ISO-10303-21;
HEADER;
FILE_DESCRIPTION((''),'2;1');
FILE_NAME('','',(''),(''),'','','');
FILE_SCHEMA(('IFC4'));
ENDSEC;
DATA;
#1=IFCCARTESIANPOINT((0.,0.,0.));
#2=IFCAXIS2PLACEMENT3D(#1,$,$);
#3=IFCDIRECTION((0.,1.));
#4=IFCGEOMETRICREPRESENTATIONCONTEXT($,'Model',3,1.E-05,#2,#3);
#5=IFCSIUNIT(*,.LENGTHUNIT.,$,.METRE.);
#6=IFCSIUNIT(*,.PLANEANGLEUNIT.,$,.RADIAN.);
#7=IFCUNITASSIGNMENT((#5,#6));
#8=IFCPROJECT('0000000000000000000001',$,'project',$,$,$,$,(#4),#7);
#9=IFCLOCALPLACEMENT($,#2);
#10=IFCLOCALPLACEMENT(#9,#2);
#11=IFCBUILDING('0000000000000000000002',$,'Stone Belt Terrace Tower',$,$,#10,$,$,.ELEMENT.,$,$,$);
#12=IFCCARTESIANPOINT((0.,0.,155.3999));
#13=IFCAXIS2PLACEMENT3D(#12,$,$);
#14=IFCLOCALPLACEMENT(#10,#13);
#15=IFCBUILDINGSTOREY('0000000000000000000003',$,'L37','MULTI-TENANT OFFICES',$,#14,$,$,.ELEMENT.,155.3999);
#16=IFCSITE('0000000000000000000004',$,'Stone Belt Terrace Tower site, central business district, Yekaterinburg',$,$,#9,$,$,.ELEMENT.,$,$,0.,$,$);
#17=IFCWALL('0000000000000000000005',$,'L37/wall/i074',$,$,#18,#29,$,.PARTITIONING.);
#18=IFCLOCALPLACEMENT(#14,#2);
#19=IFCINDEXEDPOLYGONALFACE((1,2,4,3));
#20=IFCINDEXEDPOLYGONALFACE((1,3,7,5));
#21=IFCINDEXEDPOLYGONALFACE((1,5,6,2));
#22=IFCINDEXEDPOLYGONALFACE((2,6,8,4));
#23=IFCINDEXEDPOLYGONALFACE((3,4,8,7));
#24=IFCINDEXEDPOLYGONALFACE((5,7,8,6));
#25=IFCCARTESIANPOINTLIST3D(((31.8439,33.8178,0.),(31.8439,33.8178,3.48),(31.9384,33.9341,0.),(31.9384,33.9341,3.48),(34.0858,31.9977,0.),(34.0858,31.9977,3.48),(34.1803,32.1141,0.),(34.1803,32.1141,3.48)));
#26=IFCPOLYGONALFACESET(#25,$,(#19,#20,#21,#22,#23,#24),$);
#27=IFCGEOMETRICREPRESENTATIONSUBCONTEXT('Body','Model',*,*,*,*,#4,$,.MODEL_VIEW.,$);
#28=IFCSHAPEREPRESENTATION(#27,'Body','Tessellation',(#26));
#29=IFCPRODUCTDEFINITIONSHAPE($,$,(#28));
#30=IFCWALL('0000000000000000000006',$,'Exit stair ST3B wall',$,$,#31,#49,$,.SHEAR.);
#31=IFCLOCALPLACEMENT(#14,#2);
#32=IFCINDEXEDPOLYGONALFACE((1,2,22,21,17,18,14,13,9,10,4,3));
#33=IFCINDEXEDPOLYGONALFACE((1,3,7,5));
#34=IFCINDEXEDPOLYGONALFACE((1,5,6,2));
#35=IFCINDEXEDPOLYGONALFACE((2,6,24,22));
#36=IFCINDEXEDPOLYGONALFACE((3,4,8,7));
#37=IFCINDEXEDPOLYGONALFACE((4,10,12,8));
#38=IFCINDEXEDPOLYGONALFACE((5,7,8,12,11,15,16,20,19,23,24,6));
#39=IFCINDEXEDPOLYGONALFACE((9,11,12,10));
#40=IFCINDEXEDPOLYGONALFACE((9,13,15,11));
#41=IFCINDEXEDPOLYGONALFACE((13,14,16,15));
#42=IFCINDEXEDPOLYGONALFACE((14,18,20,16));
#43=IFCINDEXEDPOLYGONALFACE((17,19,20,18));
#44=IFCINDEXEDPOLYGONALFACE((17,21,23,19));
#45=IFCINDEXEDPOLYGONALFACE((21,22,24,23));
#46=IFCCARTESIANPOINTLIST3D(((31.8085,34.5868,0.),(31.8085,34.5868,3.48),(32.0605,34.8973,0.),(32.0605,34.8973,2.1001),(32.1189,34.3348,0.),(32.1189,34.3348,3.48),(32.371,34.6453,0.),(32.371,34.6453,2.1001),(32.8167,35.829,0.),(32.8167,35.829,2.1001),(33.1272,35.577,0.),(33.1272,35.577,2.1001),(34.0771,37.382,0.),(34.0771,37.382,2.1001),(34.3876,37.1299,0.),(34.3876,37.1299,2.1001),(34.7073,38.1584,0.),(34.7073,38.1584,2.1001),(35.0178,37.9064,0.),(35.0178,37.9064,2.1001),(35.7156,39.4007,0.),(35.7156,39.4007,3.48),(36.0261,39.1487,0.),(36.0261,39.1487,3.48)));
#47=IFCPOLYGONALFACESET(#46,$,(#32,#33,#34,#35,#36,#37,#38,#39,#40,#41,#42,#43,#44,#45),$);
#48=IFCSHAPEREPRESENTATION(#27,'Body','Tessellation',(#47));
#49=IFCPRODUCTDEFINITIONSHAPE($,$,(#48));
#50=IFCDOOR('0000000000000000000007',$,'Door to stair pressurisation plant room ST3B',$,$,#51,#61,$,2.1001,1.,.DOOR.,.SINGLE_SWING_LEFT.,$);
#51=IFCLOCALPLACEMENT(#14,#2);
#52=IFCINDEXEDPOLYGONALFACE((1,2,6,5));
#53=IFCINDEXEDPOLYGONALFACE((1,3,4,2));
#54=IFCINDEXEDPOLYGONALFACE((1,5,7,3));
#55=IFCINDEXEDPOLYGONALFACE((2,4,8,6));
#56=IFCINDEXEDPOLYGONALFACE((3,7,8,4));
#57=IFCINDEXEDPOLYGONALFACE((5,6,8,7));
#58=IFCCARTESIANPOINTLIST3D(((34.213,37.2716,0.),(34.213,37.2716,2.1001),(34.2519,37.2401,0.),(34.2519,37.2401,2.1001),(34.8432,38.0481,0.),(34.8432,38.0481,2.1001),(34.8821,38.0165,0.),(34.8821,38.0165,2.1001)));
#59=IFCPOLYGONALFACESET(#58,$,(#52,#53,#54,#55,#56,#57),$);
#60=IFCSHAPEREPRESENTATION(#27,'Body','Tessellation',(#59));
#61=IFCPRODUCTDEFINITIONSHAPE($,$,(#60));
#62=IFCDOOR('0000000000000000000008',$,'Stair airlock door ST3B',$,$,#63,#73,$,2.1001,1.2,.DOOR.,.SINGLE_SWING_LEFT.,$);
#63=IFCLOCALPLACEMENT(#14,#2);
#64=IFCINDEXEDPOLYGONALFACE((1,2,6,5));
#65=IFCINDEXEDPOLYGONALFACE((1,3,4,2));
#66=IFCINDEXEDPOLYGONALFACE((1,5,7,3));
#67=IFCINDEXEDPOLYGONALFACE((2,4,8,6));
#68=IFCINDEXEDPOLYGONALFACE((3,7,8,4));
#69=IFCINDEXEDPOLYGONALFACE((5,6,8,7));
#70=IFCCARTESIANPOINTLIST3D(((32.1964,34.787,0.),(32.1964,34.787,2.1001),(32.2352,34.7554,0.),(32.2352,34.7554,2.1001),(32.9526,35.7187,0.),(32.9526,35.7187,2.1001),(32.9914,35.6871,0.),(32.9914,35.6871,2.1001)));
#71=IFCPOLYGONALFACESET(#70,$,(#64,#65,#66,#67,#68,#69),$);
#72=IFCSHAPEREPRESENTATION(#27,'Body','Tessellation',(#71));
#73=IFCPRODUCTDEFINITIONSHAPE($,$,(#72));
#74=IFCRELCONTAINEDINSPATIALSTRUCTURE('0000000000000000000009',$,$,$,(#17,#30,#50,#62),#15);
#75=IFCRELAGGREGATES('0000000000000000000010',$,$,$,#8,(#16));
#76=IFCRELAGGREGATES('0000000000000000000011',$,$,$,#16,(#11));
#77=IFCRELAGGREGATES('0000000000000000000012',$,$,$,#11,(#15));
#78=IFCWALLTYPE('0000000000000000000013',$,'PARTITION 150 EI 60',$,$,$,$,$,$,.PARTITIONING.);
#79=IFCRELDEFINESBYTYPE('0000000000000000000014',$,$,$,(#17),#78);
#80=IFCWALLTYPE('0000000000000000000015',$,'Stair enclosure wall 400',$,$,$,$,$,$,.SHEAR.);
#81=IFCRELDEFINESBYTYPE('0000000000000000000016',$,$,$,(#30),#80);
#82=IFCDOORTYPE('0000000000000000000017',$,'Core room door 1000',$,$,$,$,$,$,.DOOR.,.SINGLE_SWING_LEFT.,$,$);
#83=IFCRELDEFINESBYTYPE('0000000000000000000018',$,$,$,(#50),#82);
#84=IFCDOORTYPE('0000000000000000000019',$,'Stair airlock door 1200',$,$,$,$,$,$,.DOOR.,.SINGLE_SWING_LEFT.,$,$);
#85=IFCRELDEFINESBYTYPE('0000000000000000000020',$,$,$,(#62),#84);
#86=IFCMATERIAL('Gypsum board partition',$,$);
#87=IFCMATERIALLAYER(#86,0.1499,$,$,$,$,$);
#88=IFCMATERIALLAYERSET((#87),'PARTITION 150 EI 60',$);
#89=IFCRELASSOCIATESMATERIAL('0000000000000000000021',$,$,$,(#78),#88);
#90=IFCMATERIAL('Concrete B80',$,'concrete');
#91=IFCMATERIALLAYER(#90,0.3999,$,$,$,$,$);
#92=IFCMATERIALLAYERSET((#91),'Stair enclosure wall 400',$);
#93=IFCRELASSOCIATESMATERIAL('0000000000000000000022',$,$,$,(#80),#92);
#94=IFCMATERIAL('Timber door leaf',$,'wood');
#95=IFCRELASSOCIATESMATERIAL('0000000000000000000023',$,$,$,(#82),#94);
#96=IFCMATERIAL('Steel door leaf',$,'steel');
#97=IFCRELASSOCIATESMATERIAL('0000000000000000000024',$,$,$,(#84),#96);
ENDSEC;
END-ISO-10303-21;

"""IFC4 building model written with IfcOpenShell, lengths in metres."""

from ifc_helpers import new_model, si_unit, direction, frame, frame_2d, origin, place, context, subcontext, project, spatial, rectangle, extrude, material, layer, layer_set, type_object, element, fill, save


model = new_model("IFC4")

# Units and contexts
model_context = context("Model", 3, precision=1e-05, world=origin(), true_north=direction((0.0, 1.0)))
body_context = subcontext(model_context, "Body", "Model", "MODEL_VIEW")
ifc_project = project(units=[si_unit("LENGTHUNIT", "METRE"), si_unit("PLANEANGLEUNIT", "RADIAN")], contexts=[model_context])

# Site, building, storey
site_placement = place(None, origin())
site = spatial("IfcSite", under=ifc_project, at=site_placement, Name="Stone Belt Terrace Tower site, central business district, Yekaterinburg", CompositionType="ELEMENT", RefElevation=0.0)
building_placement = place(site_placement, origin())
building = spatial("IfcBuilding", under=site, at=building_placement, Name="Stone Belt Terrace Tower", CompositionType="ELEMENT")
storey_placement = place(building_placement, frame((0.0, 0.0, 155.3999)))
storey = spatial("IfcBuildingStorey", under=building, at=storey_placement, Name="L37", Description="MULTI-TENANT OFFICES", CompositionType="ELEMENT", Elevation=155.3999)

# Shared definitions
ifc_material_1 = material(Name="Concrete B80", Category="concrete")

# Shared definitions
ifc_material_2 = material(Name="Gypsum board partition")
ifc_layer_1 = layer(ifc_material_2, 0.1499)
ifc_layer_set_1 = layer_set([ifc_layer_1], Name="PARTITION 150 EI 60")
wall_type_1 = type_object("IfcWallType", Name="PARTITION 150 EI 60", PredefinedType="PARTITIONING", material=ifc_layer_set_1)

# Wall
wall_1_placement = place(storey_placement, frame((34.1331, 32.0559, 0.0), z_axis=(0.0, 0.0, 1.0), x_axis=(-0.77637, 0.630277, 0.0)))
element("IfcWall", 1, at=wall_1_placement, inside=storey, type_object=wall_type_1, Name="L37/wall/i074", PredefinedType="PARTITIONING", context=body_context, shape_type="SweptSolid", body=[
    extrude(rectangle(XDim=2.8877, YDim=0.1499, at=frame_2d((1.4438, 0.0))), origin(), (0.0, 0.0, 1.0), 3.48),
])

# Wall, openings, doors
ifc_layer_2 = layer(ifc_material_1, 0.3999)
ifc_layer_set_2 = layer_set([ifc_layer_2], Name="Stair enclosure wall 400")
wall_type_2 = type_object("IfcWallType", Name="Stair enclosure wall 400", PredefinedType="SHEAR", material=ifc_layer_set_2)
wall_2_placement = place(storey_placement, frame((31.9636, 34.4607, 0.0), z_axis=(0.0, 0.0, 1.0), x_axis=(0.630192, 0.776439, 0.0)))
wall_2 = element("IfcWall", 2, at=wall_2_placement, inside=storey, type_object=wall_type_2, Name="Exit stair ST3B wall", PredefinedType="SHEAR", context=body_context, shape_type="SweptSolid", body=[
    extrude(rectangle(XDim=6.2, YDim=0.3999, at=frame_2d((3.1001, 0.0))), origin(), (0.0, 0.0, 1.0), 3.48),
])
opening_1_placement = place(wall_2_placement, frame((0.3999, 0.0, 0.0)))
opening_1 = element("IfcOpeningElement", 3, at=opening_1_placement, cuts=wall_2, PredefinedType="OPENING", context=body_context, shape_type="SweptSolid", body=[
    extrude(rectangle(XDim=1.2, YDim=2.1001, at=frame_2d((0.6001, 1.05))), frame((0.0, 0.21, 0.0), z_axis=(0.0, -1.0, 0.0), x_axis=(1.0, 0.0, 0.0)), (0.0, 0.0, 1.0), 0.4199),
])
opening_2_placement = place(wall_2_placement, frame((3.6001, 0.0, 0.0)))
opening_2 = element("IfcOpeningElement", 4, at=opening_2_placement, cuts=wall_2, PredefinedType="OPENING", context=body_context, shape_type="SweptSolid", body=[
    extrude(rectangle(XDim=1.0, YDim=2.1001, at=frame_2d((0.5, 1.05))), frame((0.0, 0.21, 0.0), z_axis=(0.0, -1.0, 0.0), x_axis=(1.0, 0.0, 0.0)), (0.0, 0.0, 1.0), 0.4199),
])
ifc_material_3 = material(Name="Timber door leaf", Category="wood")
door_type_1 = type_object("IfcDoorType", Name="Core room door 1000", OperationType="SINGLE_SWING_LEFT", PredefinedType="DOOR", material=ifc_material_3)
door_1_placement = place(opening_2_placement, origin())
door_1 = element("IfcDoor", 5, at=door_1_placement, inside=storey, type_object=door_type_1, Name="Door to stair pressurisation plant room ST3B", OperationType="SINGLE_SWING_LEFT", OverallHeight=2.1001, OverallWidth=1.0, PredefinedType="DOOR", context=body_context, shape_type="SweptSolid", body=[
    extrude(rectangle(XDim=1.0, YDim=2.1001, at=frame_2d((0.5, 1.05))), frame((0.0, 0.0249, 0.0), z_axis=(0.0, -1.0, 0.0), x_axis=(1.0, 0.0, 0.0)), (0.0, 0.0, 1.0), 0.05),
])
fill(opening_2, door_1)
ifc_material_4 = material(Name="Steel door leaf", Category="steel")
door_type_2 = type_object("IfcDoorType", Name="Stair airlock door 1200", OperationType="SINGLE_SWING_LEFT", PredefinedType="DOOR", material=ifc_material_4)
door_2_placement = place(opening_1_placement, origin())
door_2 = element("IfcDoor", 6, at=door_2_placement, inside=storey, type_object=door_type_2, Name="Stair airlock door ST3B", OperationType="SINGLE_SWING_LEFT", OverallHeight=2.1001, OverallWidth=1.2, PredefinedType="DOOR", context=body_context, shape_type="SweptSolid", body=[
    extrude(rectangle(XDim=1.2, YDim=2.1001, at=frame_2d((0.6001, 1.05))), frame((0.0, 0.0249, 0.0), z_axis=(0.0, -1.0, 0.0), x_axis=(1.0, 0.0, 0.0)), (0.0, 0.0, 1.0), 0.05),
])
fill(opening_1, door_2)

save(model, "model.ifc")
